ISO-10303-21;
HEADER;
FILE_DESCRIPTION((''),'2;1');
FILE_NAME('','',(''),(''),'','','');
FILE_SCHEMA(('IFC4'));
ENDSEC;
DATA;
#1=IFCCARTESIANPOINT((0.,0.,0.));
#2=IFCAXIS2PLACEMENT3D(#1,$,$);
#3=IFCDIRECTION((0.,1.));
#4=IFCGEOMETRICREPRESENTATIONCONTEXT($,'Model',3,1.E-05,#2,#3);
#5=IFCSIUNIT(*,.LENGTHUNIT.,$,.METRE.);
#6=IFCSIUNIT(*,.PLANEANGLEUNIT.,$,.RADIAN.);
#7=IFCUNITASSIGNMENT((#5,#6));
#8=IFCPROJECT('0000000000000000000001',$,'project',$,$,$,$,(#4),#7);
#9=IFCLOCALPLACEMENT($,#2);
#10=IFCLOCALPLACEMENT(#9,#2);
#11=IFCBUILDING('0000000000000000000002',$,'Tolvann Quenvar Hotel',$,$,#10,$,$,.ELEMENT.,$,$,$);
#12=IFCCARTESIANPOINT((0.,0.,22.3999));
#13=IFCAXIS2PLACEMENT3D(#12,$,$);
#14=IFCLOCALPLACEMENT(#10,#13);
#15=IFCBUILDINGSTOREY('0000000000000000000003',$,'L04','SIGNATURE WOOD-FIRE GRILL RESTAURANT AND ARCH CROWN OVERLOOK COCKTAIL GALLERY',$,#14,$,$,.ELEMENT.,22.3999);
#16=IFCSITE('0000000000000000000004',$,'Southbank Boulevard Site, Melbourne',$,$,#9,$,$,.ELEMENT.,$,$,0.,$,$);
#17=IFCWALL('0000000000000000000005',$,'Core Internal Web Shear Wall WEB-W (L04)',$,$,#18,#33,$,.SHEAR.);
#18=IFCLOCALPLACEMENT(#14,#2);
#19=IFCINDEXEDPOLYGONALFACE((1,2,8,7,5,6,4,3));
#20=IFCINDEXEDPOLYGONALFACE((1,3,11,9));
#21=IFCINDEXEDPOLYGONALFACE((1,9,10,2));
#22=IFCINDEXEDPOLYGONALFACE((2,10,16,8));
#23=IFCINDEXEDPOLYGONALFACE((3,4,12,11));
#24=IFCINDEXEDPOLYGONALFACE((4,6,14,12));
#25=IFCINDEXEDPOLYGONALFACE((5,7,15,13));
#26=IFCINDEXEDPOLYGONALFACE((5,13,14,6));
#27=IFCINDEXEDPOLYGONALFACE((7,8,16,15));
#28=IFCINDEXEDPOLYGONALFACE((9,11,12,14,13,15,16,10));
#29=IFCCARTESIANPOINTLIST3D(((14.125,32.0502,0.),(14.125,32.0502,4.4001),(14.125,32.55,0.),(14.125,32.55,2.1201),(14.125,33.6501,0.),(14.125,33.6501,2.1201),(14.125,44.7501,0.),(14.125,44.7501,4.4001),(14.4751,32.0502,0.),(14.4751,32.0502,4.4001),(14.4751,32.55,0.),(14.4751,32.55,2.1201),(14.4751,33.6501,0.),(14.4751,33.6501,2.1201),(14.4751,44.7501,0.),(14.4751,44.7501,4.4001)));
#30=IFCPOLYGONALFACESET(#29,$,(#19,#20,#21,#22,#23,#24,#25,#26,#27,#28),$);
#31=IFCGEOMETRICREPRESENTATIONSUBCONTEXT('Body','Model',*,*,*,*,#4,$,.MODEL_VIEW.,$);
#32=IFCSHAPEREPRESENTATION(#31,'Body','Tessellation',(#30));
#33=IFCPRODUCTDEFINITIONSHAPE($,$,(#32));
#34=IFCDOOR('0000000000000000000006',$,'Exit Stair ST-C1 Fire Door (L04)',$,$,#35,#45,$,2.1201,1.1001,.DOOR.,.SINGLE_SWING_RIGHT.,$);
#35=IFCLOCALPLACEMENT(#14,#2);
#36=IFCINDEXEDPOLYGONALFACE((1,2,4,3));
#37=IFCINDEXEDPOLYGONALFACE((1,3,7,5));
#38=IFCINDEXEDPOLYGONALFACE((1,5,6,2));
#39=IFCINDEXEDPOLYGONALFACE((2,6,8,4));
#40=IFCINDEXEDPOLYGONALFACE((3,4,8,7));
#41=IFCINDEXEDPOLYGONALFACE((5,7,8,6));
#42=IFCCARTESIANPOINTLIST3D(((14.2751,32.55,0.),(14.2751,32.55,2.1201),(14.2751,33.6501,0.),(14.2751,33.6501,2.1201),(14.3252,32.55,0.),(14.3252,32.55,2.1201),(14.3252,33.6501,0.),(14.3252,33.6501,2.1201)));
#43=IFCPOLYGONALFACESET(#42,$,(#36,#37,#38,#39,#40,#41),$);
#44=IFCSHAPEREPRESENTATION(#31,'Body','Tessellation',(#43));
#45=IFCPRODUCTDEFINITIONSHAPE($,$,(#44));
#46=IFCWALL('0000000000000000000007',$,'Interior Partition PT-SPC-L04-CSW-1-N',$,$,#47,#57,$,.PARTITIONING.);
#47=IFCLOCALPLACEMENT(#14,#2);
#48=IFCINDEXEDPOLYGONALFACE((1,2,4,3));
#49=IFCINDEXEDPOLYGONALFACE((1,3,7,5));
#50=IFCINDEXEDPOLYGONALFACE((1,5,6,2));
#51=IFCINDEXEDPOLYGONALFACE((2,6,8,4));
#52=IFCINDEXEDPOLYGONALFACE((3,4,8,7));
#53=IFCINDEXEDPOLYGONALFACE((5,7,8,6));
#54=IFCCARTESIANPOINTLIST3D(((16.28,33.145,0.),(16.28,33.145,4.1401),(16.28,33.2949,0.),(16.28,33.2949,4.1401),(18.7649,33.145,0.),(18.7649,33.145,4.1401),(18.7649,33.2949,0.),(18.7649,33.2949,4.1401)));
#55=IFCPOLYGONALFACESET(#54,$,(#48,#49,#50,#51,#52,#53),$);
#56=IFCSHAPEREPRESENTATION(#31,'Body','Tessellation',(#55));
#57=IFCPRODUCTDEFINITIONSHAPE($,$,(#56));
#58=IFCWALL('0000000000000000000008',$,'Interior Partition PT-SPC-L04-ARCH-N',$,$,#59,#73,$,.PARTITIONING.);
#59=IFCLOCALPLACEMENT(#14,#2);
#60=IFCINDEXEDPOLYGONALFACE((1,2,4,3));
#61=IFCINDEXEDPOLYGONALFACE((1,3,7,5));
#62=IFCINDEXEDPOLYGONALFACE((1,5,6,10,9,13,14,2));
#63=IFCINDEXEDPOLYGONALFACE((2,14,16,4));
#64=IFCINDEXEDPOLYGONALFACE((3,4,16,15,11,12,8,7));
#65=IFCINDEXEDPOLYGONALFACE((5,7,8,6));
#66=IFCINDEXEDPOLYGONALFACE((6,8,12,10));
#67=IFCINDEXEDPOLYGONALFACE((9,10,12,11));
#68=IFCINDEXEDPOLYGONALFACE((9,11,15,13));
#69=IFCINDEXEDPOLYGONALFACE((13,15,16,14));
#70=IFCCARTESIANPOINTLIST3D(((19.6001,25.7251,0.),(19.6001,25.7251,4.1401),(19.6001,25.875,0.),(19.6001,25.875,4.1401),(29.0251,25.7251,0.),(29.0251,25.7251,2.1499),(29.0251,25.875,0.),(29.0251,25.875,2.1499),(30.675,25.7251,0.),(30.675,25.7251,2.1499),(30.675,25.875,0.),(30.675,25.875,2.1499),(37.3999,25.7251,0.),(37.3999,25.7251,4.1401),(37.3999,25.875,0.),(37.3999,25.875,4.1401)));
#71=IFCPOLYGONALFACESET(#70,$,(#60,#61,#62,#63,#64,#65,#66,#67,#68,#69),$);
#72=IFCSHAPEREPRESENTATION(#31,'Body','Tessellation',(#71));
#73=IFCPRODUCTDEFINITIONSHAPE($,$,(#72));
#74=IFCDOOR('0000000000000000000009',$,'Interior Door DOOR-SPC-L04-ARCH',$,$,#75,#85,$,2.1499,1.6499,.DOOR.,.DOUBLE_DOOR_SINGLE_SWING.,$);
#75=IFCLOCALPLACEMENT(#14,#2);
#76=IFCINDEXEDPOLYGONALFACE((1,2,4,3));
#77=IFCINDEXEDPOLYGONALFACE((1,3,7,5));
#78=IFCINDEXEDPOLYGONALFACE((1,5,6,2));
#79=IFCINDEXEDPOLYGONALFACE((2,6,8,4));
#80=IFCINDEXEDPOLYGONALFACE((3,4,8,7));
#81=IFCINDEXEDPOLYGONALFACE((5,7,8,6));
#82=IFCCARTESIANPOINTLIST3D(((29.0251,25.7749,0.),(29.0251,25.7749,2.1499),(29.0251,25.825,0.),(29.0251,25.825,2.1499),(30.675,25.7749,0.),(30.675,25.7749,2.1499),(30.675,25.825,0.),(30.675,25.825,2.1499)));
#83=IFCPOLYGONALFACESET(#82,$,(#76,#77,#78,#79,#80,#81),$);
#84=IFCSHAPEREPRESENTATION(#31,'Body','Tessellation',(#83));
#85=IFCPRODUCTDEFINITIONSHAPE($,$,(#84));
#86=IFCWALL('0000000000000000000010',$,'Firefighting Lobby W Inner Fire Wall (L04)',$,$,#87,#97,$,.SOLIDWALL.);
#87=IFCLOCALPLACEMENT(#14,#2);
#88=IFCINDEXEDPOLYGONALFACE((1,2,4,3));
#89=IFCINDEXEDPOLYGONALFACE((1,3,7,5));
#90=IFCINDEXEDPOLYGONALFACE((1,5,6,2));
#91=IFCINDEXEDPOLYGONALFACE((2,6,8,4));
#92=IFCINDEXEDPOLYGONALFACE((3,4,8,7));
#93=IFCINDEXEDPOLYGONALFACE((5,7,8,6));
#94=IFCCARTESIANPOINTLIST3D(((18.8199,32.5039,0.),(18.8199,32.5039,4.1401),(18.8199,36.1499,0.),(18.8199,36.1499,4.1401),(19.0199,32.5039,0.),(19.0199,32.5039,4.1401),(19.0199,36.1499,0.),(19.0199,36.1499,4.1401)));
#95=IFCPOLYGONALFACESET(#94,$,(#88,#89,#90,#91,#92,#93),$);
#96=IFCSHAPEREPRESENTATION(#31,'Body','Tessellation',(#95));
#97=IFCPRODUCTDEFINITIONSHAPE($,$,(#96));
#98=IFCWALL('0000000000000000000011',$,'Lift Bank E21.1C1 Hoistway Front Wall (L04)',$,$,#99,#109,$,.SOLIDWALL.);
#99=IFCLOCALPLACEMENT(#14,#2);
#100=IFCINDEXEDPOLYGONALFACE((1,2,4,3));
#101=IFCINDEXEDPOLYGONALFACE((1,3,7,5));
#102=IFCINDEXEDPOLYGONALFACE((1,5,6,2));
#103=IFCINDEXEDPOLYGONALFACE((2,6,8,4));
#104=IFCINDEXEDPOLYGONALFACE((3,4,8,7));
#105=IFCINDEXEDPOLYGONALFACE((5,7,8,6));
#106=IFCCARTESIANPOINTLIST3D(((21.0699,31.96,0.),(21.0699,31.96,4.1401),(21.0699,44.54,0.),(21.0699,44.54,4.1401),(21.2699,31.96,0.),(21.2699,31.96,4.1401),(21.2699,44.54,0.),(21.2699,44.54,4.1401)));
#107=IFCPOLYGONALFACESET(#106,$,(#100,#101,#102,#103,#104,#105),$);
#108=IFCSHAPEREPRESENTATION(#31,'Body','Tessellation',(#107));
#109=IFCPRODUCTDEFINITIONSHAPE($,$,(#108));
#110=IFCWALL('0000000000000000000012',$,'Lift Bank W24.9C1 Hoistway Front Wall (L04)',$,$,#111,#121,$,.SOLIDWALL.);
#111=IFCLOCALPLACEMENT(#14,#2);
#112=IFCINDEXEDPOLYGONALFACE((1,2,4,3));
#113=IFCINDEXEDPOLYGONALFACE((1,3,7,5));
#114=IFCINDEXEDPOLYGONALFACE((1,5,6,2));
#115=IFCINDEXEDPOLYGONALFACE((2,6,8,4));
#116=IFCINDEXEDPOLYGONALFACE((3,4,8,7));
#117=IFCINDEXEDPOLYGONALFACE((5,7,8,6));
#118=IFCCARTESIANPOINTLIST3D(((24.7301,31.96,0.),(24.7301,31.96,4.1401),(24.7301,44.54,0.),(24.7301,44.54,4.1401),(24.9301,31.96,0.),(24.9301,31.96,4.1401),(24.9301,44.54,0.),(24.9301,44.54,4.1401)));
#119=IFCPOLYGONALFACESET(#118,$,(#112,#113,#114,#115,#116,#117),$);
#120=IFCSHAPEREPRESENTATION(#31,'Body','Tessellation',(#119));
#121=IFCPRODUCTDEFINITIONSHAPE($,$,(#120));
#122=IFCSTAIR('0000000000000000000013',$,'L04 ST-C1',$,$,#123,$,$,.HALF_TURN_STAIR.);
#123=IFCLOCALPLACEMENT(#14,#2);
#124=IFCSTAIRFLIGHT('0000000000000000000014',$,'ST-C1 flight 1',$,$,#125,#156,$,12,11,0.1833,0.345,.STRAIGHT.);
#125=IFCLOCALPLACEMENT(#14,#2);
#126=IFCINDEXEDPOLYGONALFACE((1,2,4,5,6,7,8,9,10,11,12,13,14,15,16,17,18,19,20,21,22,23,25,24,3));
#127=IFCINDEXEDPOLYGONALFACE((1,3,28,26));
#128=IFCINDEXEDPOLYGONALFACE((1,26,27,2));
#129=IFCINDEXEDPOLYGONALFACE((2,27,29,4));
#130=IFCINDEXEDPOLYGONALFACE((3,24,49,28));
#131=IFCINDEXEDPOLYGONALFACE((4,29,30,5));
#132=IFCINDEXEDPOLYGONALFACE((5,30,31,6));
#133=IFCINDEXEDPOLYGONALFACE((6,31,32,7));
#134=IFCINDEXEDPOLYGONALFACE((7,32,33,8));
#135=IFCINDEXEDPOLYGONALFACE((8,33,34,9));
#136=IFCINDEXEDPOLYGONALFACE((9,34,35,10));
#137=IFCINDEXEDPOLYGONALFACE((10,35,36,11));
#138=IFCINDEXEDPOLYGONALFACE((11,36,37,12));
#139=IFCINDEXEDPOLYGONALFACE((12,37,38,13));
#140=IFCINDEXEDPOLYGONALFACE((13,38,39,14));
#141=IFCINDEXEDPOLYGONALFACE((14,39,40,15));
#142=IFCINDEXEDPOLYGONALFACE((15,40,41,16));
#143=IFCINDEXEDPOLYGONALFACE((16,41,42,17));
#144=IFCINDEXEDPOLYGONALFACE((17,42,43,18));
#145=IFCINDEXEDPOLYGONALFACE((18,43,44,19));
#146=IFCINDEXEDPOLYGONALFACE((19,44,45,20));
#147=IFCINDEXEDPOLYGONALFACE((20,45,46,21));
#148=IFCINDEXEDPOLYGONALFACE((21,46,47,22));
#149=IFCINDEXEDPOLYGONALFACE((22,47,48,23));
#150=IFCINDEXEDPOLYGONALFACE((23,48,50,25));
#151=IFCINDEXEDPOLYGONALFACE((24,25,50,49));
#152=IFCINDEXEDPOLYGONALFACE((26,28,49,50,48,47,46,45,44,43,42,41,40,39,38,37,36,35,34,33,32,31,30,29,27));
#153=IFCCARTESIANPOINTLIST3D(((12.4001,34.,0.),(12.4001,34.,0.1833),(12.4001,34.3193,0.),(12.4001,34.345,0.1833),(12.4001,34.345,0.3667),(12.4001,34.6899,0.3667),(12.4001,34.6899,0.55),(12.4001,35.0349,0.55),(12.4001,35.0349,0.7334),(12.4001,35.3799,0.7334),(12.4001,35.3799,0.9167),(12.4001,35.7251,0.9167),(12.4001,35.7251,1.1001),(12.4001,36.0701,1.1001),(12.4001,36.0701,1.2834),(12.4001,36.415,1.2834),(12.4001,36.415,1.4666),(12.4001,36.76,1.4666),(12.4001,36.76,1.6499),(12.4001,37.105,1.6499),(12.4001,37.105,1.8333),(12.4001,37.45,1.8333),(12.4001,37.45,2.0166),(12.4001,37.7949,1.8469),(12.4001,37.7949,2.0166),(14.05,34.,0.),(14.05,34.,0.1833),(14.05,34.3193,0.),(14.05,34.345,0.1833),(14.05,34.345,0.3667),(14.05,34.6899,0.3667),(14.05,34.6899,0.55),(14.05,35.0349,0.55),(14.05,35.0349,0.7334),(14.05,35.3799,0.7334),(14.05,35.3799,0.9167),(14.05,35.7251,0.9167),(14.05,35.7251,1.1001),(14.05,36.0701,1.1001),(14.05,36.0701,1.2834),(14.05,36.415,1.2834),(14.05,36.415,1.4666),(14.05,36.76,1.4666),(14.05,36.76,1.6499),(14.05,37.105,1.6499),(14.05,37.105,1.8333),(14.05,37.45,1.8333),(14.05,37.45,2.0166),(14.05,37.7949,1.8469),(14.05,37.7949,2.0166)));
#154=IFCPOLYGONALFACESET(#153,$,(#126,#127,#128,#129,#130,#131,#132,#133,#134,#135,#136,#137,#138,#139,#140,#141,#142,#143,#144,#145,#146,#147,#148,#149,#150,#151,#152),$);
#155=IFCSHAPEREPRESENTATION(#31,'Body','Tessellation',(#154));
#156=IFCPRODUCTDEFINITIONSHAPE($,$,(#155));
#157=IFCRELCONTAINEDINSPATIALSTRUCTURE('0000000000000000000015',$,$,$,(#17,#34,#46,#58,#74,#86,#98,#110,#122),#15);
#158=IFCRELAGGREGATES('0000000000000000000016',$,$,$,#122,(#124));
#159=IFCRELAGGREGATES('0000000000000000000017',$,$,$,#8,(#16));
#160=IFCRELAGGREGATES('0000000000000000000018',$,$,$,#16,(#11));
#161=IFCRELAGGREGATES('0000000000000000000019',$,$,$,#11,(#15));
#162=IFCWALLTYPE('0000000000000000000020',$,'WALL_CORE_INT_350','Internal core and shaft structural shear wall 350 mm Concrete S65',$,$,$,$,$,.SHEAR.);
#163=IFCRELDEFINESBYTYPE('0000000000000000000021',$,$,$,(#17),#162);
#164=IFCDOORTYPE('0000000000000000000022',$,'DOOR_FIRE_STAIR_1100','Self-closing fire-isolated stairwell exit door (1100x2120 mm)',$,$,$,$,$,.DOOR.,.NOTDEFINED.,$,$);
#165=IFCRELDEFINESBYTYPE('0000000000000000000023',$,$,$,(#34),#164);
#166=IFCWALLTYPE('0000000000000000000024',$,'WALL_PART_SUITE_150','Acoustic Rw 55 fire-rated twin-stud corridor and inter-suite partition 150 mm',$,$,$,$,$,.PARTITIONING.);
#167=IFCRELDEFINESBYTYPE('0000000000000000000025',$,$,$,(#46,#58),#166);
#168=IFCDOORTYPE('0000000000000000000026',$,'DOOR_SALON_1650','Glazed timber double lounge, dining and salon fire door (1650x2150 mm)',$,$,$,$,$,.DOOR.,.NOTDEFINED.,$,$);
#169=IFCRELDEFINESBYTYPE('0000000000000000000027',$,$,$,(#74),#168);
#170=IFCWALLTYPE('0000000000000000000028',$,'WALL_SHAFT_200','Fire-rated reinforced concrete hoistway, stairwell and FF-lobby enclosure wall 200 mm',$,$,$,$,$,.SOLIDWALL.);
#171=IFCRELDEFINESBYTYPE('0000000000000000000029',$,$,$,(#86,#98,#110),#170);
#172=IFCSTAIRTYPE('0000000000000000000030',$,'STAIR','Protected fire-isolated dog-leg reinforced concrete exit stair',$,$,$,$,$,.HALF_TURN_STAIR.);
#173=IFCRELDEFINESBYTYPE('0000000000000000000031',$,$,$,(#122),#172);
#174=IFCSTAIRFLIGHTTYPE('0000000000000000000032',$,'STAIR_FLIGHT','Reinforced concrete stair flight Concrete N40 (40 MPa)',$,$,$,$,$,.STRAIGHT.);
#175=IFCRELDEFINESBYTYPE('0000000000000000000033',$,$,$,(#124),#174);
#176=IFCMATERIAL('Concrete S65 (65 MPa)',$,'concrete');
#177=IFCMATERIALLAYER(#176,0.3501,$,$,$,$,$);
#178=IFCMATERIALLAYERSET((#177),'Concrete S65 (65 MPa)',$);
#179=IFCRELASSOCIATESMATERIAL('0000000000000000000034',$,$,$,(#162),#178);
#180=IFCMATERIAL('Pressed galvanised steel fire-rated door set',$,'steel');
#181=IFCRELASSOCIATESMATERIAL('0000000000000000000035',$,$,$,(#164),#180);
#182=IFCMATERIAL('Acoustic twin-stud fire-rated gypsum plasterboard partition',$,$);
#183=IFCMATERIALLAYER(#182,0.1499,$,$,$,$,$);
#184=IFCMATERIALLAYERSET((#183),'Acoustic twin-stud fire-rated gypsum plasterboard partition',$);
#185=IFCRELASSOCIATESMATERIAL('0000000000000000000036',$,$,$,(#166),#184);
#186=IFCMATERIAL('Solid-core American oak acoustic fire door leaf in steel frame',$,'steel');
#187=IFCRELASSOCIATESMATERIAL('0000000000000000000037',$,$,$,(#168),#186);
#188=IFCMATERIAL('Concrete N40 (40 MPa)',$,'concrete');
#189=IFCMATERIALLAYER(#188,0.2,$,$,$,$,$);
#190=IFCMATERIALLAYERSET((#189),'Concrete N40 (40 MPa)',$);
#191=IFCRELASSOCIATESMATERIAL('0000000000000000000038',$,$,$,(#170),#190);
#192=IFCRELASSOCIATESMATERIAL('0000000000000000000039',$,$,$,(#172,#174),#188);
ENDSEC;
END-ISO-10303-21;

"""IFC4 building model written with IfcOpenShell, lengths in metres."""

from ifc_helpers import new_model, si_unit, direction, frame, frame_2d, origin, place, context, subcontext, project, spatial, polyline, rectangle, outline, extrude, source, transform, mapped, material, layer, layer_set, type_object, type_shapes, element, fill, aggregate, save


model = new_model("IFC4")

# Units and contexts
model_context = context("Model", 3, precision=1e-05, world=origin(), true_north=direction((0.0, 1.0)))
body_context = subcontext(model_context, "Body", "Model", "MODEL_VIEW")
ifc_project = project(units=[si_unit("LENGTHUNIT", "METRE"), si_unit("PLANEANGLEUNIT", "RADIAN")], contexts=[model_context])

# Site, building, storey
site_placement = place(None, origin())
site = spatial("IfcSite", under=ifc_project, at=site_placement, Name="Southbank Boulevard Site, Melbourne", CompositionType="ELEMENT", RefElevation=0.0)
building_placement = place(site_placement, origin())
building = spatial("IfcBuilding", under=site, at=building_placement, Name="Tolvann Quenvar Hotel", CompositionType="ELEMENT")
storey_placement = place(building_placement, frame((0.0, 0.0, 22.3999)))
storey = spatial("IfcBuildingStorey", under=building, at=storey_placement, Name="L04", Description="SIGNATURE WOOD-FIRE GRILL RESTAURANT AND ARCH CROWN OVERLOOK COCKTAIL GALLERY", CompositionType="ELEMENT", Elevation=22.3999)

# Shared definitions
ifc_material_1 = material(Name="Solid-core American oak acoustic fire door leaf in steel frame", Category="steel")
ifc_material_2 = material(Name="Pressed galvanised steel fire-rated door set", Category="steel")

# Wall, opening, door
ifc_material_3 = material(Name="Concrete S65 (65 MPa)", Category="concrete")
ifc_layer_1 = layer(ifc_material_3, 0.3501)
ifc_layer_set_1 = layer_set([ifc_layer_1], Name="Concrete S65 (65 MPa)")
wall_type_1 = type_object("IfcWallType", Name="WALL_CORE_INT_350", Description="Internal core and shaft structural shear wall 350 mm Concrete S65", PredefinedType="SHEAR", material=ifc_layer_set_1)
wall_1_placement = place(storey_placement, frame((14.3, 32.05, 0.0), z_axis=(0.0, 0.0, 1.0), x_axis=(0.0, 1.0, 0.0)))
wall_1 = element("IfcWall", 1, at=wall_1_placement, inside=storey, type_object=wall_type_1, Name="Core Internal Web Shear Wall WEB-W (L04)", PredefinedType="SHEAR", context=body_context, shape_type="SweptSolid", body=[
    extrude(rectangle(XDim=12.7, YDim=0.3501, at=frame_2d((6.3501, 0.0))), origin(), (0.0, 0.0, 1.0), 4.4001),
])
opening_1_placement = place(wall_1_placement, frame((0.5, 0.0, 0.0)))
opening_1 = element("IfcOpeningElement", 2, at=opening_1_placement, cuts=wall_1, PredefinedType="OPENING", context=body_context, shape_type="SweptSolid", body=[
    extrude(rectangle(XDim=1.1001, YDim=2.1201, at=frame_2d((0.55, 1.0601))), frame((0.0, 0.1851, 0.0), z_axis=(0.0, -1.0, 0.0), x_axis=(1.0, 0.0, 0.0)), (0.0, 0.0, 1.0), 0.3701),
])
door_type_1 = type_object("IfcDoorType", Name="DOOR_FIRE_STAIR_1100", Description="Self-closing fire-isolated stairwell exit door (1100x2120 mm)", OperationType="NOTDEFINED", PredefinedType="DOOR", material=ifc_material_2)
shared_shape_1 = source(origin(), body_context, "Body", "SweptSolid", [
    extrude(rectangle(XDim=1.1001, YDim=2.1201, at=frame_2d((0.55, 1.0601))), frame((0.0, 0.0249, 0.0), z_axis=(0.0, -1.0, 0.0), x_axis=(1.0, 0.0, 0.0)), (0.0, 0.0, 1.0), 0.05),
])
type_shapes(door_type_1, [shared_shape_1])
door_1_placement = place(opening_1_placement, origin())
door_1 = element("IfcDoor", 3, at=door_1_placement, inside=storey, type_object=door_type_1, Name="Exit Stair ST-C1 Fire Door (L04)", OperationType="SINGLE_SWING_RIGHT", OverallHeight=2.1201, OverallWidth=1.1001, PredefinedType="DOOR", context=body_context, shape_type="MappedRepresentation", body=[
    mapped(shared_shape_1, transform((0.0, 0.0, 0.0), x_axis=(1.0, 0.0, 0.0), y_axis=(0.0, 1.0, 0.0), z_axis=(0.0, 0.0, 1.0), scale=1.0)),
])
fill(opening_1, door_1)

# Wall
ifc_material_4 = material(Name="Acoustic twin-stud fire-rated gypsum plasterboard partition")
ifc_layer_2 = layer(ifc_material_4, 0.1499)
ifc_layer_set_2 = layer_set([ifc_layer_2], Name="Acoustic twin-stud fire-rated gypsum plasterboard partition")
wall_type_2 = type_object("IfcWallType", Name="WALL_PART_SUITE_150", Description="Acoustic Rw 55 fire-rated twin-stud corridor and inter-suite partition 150 mm", PredefinedType="PARTITIONING", material=ifc_layer_set_2)
wall_2_placement = place(storey_placement, frame((16.28, 33.22, 0.0), z_axis=(0.0, 0.0, 1.0), x_axis=(1.0, 0.0, 0.0)))
element("IfcWall", 4, at=wall_2_placement, inside=storey, type_object=wall_type_2, Name="Interior Partition PT-SPC-L04-CSW-1-N", PredefinedType="PARTITIONING", context=body_context, shape_type="SweptSolid", body=[
    extrude(rectangle(XDim=2.4849, YDim=0.1499, at=frame_2d((1.2424, 0.0))), origin(), (0.0, 0.0, 1.0), 4.1401),
])

# Wall, opening, door
wall_3_placement = place(storey_placement, frame((19.6001, 25.8, 0.0), z_axis=(0.0, 0.0, 1.0), x_axis=(1.0, 0.0, 0.0)))
wall_3 = element("IfcWall", 5, at=wall_3_placement, inside=storey, type_object=wall_type_2, Name="Interior Partition PT-SPC-L04-ARCH-N", PredefinedType="PARTITIONING", context=body_context, shape_type="SweptSolid", body=[
    extrude(rectangle(XDim=17.7998, YDim=0.1499, at=frame_2d((8.8999, 0.0))), origin(), (0.0, 0.0, 1.0), 4.1401),
])
opening_2_placement = place(wall_3_placement, frame((9.425, 0.0, 0.0)))
opening_2 = element("IfcOpeningElement", 6, at=opening_2_placement, cuts=wall_3, PredefinedType="OPENING", context=body_context, shape_type="SweptSolid", body=[
    extrude(rectangle(XDim=1.6499, YDim=2.1499, at=frame_2d((0.825, 1.075))), frame((0.0, 0.085, 0.0), z_axis=(0.0, -1.0, 0.0), x_axis=(1.0, 0.0, 0.0)), (0.0, 0.0, 1.0), 0.1699),
])
door_type_2 = type_object("IfcDoorType", Name="DOOR_SALON_1650", Description="Glazed timber double lounge, dining and salon fire door (1650x2150 mm)", OperationType="NOTDEFINED", PredefinedType="DOOR", material=ifc_material_1)
shared_shape_2 = source(origin(), body_context, "Body", "SweptSolid", [
    extrude(rectangle(XDim=1.6499, YDim=2.1499, at=frame_2d((0.825, 1.075))), frame((0.0, 0.0249, 0.0), z_axis=(0.0, -1.0, 0.0), x_axis=(1.0, 0.0, 0.0)), (0.0, 0.0, 1.0), 0.05),
])
type_shapes(door_type_2, [shared_shape_2])
door_2_placement = place(opening_2_placement, origin())
door_2 = element("IfcDoor", 7, at=door_2_placement, inside=storey, type_object=door_type_2, Name="Interior Door DOOR-SPC-L04-ARCH", OperationType="DOUBLE_DOOR_SINGLE_SWING", OverallHeight=2.1499, OverallWidth=1.6499, PredefinedType="DOOR", context=body_context, shape_type="MappedRepresentation", body=[
    mapped(shared_shape_2, transform((0.0, 0.0, 0.0), x_axis=(1.0, 0.0, 0.0), y_axis=(0.0, 1.0, 0.0), z_axis=(0.0, 0.0, 1.0), scale=1.0)),
])
fill(opening_2, door_2)

# Walls
ifc_material_5 = material(Name="Concrete N40 (40 MPa)", Category="concrete")
ifc_layer_3 = layer(ifc_material_5, 0.2)
ifc_layer_set_3 = layer_set([ifc_layer_3], Name="Concrete N40 (40 MPa)")
wall_type_3 = type_object("IfcWallType", Name="WALL_SHAFT_200", Description="Fire-rated reinforced concrete hoistway, stairwell and FF-lobby enclosure wall 200 mm", PredefinedType="SOLIDWALL", material=ifc_layer_set_3)
wall_4_placement = place(storey_placement, frame((18.9199, 32.5039, 0.0), z_axis=(0.0, 0.0, 1.0), x_axis=(0.0, 1.0, 0.0)))
element("IfcWall", 8, at=wall_4_placement, inside=storey, type_object=wall_type_3, Name="Firefighting Lobby W Inner Fire Wall (L04)", PredefinedType="SOLIDWALL", context=body_context, shape_type="SweptSolid", body=[
    extrude(rectangle(XDim=3.646, YDim=0.2, at=frame_2d((1.823, 0.0))), origin(), (0.0, 0.0, 1.0), 4.1401),
])
for number, where, z_axis, x_axis, name in (
    (9, (21.1699, 31.96, 0.0), (0.0, 0.0, 1.0), (0.0, 1.0, 0.0), "Lift Bank E21.1C1 Hoistway Front Wall (L04)"),
    (10, (24.8301, 31.96, 0.0), (0.0, 0.0, 1.0), (0.0, 1.0, 0.0), "Lift Bank W24.9C1 Hoistway Front Wall (L04)"),
):
    element("IfcWall", number, at=place(storey_placement, frame(where, z_axis=z_axis, x_axis=x_axis)), inside=storey, type_object=wall_type_3, Name=name, PredefinedType="SOLIDWALL", context=body_context, shape_type="SweptSolid", body=[
        extrude(rectangle(XDim=12.5801, YDim=0.2, at=frame_2d((6.29, 0.0))), origin(), (0.0, 0.0, 1.0), 4.1401),
    ])

# Stair, stair flight
stair_type = type_object("IfcStairType", Name="STAIR", Description="Protected fire-isolated dog-leg reinforced concrete exit stair", PredefinedType="HALF_TURN_STAIR", material=ifc_material_5)
stair_placement = place(storey_placement, origin())
stair = element("IfcStair", 11, at=stair_placement, inside=storey, type_object=stair_type, Name="L04 ST-C1", PredefinedType="HALF_TURN_STAIR")
stair_flight_type = type_object("IfcStairFlightType", Name="STAIR_FLIGHT", Description="Reinforced concrete stair flight Concrete N40 (40 MPa)", PredefinedType="STRAIGHT", material=ifc_material_5)
stair_flight_placement = place(storey_placement, frame((13.2251, 34.0, 0.0), z_axis=(0.0, 0.0, 1.0), x_axis=(0.0, 1.0, 0.0)))
stair_flight = element("IfcStairFlight", 12, at=stair_flight_placement, type_object=stair_flight_type, Name="ST-C1 flight 1", NumberOfRisers=12, NumberOfTreads=11, PredefinedType="STRAIGHT", RiserHeight=0.1833, TreadLength=0.345, context=body_context, shape_type="SweptSolid", body=[
    extrude(outline(polyline([(0.0, 0.0), (0.0, 0.1833), (0.345, 0.1833), (0.345, 0.3667), (0.6899, 0.3667), (0.6899, 0.55), (1.0349, 0.55), (1.0349, 0.7334), (1.3799, 0.7334), (1.3799, 0.9167), (1.7251, 0.9167), (1.7251, 1.1001), (2.0701, 1.1001), (2.0701, 1.2834), (2.415, 1.2834), (2.415, 1.4666), (2.76, 1.4666), (2.76, 1.6499), (3.105, 1.6499), (3.105, 1.8333), (3.45, 1.8333), (3.45, 2.0166), (3.7949, 2.0166), (3.7949, 2.2), (3.7949, 1.8469), (0.3193, 0.0), (0.0, 0.0)])), frame((0.0, 0.825, 0.0), z_axis=(0.0, -1.0, 0.0), x_axis=(1.0, 0.0, 0.0)), (0.0, 0.0, 1.0), 1.6499),
])
aggregate(stair, [stair_flight])

save(model, "model.ifc")
